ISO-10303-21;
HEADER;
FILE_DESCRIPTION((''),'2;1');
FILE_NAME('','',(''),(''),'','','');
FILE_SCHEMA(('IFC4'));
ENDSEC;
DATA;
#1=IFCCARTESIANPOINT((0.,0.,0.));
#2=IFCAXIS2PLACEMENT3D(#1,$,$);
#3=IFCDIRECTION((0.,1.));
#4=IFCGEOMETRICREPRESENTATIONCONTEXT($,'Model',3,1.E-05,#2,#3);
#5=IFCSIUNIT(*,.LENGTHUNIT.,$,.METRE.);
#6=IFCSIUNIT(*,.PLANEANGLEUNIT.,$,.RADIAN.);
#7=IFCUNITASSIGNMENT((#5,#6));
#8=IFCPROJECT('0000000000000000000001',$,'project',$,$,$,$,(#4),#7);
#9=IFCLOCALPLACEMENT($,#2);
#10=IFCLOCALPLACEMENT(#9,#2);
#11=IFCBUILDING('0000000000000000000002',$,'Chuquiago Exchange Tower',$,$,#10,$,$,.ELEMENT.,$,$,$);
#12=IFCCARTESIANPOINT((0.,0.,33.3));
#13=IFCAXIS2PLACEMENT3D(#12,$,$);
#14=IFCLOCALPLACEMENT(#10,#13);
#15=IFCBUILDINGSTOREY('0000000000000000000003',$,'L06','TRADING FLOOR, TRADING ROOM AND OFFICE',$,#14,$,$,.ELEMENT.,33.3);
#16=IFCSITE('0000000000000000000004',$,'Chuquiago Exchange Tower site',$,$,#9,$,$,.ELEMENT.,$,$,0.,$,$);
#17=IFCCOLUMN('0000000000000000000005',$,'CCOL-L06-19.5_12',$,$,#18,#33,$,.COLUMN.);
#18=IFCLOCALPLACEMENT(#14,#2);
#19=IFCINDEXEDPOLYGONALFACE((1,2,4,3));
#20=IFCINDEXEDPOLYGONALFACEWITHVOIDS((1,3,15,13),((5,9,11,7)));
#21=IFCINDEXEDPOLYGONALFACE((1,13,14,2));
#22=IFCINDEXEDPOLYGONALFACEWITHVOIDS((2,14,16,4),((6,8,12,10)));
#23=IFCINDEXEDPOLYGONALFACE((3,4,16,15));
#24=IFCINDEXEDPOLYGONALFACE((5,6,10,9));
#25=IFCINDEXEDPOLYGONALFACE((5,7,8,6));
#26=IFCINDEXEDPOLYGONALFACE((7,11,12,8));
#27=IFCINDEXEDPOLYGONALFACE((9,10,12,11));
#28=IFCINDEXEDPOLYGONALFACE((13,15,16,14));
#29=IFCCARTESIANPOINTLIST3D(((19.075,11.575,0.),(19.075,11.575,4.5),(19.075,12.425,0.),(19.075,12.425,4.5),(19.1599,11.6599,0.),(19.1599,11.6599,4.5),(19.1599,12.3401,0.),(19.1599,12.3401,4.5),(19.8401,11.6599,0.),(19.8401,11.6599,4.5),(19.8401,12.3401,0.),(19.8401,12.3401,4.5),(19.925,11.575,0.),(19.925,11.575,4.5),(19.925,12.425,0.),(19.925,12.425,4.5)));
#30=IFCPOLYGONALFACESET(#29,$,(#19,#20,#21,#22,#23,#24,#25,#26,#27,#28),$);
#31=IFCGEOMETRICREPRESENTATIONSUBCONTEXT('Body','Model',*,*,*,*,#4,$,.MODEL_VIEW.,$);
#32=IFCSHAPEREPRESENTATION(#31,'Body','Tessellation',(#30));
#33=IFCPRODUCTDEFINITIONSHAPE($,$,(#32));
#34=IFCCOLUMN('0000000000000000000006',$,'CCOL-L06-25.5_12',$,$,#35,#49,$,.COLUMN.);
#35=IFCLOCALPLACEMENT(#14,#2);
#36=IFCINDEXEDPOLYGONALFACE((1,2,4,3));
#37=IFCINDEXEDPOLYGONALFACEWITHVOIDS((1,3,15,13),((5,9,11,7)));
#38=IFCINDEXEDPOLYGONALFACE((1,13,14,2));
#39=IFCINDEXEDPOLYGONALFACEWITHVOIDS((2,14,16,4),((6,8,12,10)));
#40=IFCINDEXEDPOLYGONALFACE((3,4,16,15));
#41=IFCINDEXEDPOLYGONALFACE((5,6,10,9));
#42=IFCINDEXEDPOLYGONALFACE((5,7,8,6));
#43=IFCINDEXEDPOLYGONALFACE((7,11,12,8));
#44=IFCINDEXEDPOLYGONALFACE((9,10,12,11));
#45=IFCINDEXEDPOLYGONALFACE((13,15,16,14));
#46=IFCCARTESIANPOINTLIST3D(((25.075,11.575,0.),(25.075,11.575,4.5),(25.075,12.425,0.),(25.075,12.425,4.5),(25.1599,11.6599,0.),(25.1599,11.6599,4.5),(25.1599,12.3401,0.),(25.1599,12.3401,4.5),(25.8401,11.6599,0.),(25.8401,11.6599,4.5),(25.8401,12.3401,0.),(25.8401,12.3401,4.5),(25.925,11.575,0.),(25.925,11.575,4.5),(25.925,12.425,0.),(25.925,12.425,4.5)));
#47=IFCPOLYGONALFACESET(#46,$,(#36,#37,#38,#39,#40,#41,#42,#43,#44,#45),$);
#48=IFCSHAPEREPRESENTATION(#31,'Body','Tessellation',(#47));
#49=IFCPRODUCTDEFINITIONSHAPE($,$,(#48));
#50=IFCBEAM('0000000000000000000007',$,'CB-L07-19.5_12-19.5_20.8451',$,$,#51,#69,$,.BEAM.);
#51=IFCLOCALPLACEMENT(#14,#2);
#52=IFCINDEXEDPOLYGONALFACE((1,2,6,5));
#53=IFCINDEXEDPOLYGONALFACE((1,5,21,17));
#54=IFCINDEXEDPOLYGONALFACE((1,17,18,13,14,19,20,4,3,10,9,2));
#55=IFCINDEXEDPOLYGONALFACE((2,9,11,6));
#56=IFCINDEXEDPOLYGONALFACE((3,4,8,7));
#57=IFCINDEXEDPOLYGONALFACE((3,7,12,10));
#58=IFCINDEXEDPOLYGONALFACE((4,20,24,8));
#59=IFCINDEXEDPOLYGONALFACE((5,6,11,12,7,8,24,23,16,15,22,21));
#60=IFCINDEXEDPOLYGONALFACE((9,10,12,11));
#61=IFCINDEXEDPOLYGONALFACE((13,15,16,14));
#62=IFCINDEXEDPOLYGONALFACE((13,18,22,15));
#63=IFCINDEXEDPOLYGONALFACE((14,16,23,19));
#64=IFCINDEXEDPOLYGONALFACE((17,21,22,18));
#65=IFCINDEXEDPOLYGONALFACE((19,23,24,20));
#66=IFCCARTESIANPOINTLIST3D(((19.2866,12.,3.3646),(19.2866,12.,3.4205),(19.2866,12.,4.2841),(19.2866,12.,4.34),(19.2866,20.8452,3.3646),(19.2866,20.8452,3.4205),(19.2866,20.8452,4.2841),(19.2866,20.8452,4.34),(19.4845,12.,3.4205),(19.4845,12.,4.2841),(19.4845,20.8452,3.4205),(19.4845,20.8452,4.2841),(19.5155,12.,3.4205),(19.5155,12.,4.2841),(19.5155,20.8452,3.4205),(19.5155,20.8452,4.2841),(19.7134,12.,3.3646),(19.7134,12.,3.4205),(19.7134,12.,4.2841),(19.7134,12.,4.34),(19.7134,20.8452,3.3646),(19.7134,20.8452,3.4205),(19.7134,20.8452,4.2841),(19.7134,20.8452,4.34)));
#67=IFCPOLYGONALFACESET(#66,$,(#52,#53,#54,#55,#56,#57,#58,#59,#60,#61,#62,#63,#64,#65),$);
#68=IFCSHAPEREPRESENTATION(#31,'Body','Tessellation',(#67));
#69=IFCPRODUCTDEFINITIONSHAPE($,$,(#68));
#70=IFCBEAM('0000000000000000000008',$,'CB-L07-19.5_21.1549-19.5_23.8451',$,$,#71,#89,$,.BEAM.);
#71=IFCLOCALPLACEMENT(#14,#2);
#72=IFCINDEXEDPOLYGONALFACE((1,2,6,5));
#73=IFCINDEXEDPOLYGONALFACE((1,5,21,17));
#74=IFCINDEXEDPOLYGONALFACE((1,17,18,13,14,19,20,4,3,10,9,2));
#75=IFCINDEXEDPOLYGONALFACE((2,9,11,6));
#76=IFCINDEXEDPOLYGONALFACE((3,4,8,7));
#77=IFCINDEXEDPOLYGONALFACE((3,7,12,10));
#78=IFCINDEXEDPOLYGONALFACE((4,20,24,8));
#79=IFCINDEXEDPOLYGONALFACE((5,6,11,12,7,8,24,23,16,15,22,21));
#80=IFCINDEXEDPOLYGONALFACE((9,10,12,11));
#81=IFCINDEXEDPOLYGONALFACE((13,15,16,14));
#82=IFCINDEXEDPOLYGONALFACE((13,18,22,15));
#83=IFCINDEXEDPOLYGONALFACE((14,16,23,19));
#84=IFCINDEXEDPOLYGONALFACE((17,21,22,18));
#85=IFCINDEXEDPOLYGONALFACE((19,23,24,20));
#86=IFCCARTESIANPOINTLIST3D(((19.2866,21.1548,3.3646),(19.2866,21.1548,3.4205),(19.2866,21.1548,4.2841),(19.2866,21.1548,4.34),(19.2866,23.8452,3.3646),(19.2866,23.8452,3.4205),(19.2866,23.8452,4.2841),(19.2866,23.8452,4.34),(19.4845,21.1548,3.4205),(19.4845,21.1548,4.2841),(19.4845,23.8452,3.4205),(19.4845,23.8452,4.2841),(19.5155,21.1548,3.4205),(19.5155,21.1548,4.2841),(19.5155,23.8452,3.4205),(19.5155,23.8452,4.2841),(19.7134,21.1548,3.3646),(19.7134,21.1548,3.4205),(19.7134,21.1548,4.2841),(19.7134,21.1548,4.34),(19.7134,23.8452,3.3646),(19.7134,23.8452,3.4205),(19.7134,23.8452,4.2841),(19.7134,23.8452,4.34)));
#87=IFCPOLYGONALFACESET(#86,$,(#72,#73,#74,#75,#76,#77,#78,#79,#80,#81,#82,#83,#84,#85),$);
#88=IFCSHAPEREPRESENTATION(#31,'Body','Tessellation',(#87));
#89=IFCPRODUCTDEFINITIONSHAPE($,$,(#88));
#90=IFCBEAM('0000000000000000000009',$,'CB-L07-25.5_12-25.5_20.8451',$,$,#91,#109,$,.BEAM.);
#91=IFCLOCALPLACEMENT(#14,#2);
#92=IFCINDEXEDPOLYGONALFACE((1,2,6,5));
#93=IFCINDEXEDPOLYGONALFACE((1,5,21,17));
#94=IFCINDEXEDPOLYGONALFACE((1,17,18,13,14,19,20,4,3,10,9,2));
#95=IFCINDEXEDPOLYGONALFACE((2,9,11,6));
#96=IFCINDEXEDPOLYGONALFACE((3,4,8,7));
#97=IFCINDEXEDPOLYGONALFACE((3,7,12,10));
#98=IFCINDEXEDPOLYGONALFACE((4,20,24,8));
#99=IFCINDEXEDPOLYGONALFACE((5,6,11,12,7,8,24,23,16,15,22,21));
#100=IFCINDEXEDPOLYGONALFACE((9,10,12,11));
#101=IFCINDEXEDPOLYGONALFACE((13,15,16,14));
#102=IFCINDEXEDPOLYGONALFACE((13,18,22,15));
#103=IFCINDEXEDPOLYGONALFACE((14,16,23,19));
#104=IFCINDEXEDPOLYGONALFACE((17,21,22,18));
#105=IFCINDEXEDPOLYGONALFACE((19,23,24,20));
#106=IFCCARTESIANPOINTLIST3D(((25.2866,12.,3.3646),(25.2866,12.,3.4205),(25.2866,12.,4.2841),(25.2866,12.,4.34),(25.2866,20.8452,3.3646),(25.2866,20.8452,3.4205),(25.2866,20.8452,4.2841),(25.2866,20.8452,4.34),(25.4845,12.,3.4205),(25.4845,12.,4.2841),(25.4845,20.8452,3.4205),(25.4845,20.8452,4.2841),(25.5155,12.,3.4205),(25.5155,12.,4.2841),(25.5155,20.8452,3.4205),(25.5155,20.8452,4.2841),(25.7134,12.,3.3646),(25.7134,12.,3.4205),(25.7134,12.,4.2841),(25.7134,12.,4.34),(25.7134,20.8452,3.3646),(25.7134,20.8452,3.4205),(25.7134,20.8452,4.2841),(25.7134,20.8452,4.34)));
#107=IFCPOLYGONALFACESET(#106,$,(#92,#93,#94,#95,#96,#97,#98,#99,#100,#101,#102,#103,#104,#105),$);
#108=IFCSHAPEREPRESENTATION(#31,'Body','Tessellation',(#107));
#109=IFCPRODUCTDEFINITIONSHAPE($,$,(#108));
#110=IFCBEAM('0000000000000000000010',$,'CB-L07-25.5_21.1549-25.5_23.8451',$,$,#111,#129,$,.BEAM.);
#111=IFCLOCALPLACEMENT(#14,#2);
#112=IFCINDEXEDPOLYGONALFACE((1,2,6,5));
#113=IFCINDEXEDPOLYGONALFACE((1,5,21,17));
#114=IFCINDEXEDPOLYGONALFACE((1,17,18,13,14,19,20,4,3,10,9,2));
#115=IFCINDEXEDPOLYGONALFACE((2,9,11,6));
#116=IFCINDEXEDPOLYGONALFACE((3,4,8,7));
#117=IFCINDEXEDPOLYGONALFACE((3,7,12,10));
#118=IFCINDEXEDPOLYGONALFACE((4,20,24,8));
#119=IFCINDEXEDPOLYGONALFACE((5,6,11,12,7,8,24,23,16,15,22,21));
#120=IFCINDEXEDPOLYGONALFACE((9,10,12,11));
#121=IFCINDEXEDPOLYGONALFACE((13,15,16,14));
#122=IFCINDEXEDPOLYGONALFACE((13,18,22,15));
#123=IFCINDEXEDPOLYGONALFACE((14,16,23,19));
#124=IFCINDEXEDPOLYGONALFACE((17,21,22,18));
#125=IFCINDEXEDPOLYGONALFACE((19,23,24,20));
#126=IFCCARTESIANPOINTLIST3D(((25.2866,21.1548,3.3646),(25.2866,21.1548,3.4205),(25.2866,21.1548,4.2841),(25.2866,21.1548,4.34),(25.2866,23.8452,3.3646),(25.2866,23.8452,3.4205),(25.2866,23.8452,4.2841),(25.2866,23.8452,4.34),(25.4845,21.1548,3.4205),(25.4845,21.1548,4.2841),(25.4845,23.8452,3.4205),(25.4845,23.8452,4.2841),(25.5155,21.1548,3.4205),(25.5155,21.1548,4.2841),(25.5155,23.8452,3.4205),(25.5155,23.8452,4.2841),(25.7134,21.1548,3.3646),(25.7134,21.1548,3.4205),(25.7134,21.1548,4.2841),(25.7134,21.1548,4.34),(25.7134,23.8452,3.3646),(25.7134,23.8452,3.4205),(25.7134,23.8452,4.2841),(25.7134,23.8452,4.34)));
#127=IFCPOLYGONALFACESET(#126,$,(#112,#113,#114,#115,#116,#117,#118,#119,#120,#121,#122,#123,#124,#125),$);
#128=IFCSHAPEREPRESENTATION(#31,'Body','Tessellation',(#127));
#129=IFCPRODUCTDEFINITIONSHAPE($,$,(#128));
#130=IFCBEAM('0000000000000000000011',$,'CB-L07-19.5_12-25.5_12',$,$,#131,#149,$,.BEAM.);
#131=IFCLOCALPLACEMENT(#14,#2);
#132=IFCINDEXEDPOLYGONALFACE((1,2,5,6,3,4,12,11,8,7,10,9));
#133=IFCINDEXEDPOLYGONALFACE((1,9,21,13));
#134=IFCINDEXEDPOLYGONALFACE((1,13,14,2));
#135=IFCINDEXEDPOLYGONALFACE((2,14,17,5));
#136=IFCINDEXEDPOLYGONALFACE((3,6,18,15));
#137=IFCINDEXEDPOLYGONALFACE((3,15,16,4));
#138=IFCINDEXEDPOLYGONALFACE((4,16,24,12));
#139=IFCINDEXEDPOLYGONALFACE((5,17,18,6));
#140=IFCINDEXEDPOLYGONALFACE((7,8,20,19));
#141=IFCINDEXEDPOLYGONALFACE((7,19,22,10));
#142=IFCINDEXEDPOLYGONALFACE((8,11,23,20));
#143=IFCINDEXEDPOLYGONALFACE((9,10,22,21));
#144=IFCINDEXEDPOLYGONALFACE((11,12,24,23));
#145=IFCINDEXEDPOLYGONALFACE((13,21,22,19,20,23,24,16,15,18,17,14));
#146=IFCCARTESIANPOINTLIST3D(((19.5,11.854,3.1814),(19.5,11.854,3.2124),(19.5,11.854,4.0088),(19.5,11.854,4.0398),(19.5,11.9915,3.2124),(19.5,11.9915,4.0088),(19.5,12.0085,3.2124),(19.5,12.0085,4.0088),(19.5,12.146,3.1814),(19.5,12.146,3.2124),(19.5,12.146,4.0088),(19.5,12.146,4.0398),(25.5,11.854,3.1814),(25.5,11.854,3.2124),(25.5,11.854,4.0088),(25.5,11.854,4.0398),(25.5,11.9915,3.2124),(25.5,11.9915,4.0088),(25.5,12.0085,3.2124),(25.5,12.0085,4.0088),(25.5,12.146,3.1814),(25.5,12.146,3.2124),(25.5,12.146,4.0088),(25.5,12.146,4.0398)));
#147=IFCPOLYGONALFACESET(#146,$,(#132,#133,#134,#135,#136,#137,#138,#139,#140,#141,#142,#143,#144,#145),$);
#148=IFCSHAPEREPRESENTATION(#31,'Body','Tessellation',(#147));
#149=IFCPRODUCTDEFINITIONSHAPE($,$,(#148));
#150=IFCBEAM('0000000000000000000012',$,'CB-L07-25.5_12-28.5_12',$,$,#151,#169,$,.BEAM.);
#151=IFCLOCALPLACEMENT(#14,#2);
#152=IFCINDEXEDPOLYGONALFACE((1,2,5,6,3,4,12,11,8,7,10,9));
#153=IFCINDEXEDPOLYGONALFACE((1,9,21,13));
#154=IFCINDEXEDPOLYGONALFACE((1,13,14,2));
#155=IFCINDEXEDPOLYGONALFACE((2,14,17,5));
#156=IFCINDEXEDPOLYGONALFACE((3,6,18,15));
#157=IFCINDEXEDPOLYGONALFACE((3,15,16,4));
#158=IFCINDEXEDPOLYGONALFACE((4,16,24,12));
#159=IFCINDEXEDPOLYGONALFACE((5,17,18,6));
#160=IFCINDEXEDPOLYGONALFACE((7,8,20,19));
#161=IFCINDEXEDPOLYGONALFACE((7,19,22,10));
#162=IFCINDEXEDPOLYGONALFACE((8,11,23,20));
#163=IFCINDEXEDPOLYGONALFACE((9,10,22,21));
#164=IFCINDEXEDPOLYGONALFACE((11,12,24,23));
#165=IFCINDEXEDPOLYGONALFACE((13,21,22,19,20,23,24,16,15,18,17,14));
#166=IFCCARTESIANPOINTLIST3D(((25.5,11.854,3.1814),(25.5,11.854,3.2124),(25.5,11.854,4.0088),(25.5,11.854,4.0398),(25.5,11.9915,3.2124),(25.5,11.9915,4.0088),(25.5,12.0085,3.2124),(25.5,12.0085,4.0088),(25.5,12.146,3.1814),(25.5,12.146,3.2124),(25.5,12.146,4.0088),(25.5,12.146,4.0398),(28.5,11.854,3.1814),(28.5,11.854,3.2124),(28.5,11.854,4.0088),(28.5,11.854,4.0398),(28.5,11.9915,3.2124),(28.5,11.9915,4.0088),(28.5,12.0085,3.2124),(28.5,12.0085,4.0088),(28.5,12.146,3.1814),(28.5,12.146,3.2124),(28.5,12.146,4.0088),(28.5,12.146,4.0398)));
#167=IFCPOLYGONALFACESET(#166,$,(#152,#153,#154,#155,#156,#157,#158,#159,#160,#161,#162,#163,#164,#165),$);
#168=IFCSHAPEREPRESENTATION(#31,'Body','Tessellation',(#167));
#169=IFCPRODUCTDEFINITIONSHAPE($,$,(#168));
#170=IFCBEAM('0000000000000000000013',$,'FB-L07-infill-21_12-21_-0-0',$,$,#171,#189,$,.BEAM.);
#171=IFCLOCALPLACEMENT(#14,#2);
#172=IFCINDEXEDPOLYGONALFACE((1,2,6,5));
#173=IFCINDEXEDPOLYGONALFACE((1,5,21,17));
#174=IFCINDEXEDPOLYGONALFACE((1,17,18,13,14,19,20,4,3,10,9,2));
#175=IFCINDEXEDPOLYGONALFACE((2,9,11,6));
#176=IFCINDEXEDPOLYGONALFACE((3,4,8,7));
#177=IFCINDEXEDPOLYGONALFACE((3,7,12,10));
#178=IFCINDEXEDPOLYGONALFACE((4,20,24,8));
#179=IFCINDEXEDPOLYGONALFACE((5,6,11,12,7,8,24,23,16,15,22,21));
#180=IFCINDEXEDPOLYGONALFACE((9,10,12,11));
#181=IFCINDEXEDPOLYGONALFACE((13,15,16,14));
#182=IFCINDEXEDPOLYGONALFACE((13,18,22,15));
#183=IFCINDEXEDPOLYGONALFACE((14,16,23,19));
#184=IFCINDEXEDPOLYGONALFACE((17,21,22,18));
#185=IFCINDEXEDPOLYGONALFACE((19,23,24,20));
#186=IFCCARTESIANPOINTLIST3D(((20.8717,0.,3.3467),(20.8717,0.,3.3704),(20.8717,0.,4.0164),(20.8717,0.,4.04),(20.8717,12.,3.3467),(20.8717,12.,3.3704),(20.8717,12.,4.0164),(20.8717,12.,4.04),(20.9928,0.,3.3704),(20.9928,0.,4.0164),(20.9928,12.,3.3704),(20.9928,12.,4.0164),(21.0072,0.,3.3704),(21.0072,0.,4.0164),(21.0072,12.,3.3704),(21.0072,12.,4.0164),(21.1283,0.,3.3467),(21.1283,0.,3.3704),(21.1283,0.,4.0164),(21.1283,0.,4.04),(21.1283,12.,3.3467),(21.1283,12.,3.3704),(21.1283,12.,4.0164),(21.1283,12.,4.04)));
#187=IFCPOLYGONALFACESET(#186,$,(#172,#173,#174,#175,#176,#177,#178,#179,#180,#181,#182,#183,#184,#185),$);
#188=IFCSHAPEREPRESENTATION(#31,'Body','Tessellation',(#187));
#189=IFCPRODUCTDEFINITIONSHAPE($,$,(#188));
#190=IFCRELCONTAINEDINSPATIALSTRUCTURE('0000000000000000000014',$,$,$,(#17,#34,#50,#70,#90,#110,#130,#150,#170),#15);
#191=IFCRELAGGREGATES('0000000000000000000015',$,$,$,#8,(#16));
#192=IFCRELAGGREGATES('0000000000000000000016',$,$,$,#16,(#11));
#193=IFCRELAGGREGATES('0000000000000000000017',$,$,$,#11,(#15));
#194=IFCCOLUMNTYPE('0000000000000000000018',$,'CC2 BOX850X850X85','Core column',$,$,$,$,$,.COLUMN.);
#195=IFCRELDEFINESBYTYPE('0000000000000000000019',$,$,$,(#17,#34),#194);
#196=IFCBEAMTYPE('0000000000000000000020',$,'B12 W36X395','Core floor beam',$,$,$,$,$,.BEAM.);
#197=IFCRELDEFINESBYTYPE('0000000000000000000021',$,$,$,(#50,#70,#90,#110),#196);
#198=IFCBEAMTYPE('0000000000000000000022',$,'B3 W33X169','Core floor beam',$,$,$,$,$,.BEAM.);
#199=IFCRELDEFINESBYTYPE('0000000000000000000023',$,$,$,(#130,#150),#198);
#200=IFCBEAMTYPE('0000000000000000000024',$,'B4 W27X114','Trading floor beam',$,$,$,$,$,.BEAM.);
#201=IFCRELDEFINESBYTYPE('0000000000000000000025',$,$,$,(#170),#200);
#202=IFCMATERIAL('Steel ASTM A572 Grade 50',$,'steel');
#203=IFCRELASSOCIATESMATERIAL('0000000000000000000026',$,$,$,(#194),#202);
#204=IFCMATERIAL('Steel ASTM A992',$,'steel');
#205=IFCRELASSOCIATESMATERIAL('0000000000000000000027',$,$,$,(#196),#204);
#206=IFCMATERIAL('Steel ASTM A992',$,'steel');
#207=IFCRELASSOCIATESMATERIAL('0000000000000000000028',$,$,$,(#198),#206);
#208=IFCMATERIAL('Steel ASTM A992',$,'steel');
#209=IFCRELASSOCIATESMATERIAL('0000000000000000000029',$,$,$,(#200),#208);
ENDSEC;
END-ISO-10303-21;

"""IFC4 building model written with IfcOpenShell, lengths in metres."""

from ifc_helpers import new_model, si_unit, direction, frame, origin, origin_2d, place, context, subcontext, project, spatial, hollow_rectangle, i_section, extrude, material, material_profile, profile_set, type_object, element, save


model = new_model("IFC4")

# Units and contexts
model_context = context("Model", 3, precision=1e-05, world=origin(), true_north=direction((0.0, 1.0)))
body_context = subcontext(model_context, "Body", "Model", "MODEL_VIEW")
ifc_project = project(units=[si_unit("LENGTHUNIT", "METRE"), si_unit("PLANEANGLEUNIT", "RADIAN")], contexts=[model_context])

# Site, building, storey
site_placement = place(None, origin())
site = spatial("IfcSite", under=ifc_project, at=site_placement, Name="Chuquiago Exchange Tower site", CompositionType="ELEMENT", RefElevation=0.0)
building_placement = place(site_placement, origin())
building = spatial("IfcBuilding", under=site, at=building_placement, Name="Chuquiago Exchange Tower", CompositionType="ELEMENT")
storey_placement = place(building_placement, frame((0.0, 0.0, 33.3)))
storey = spatial("IfcBuildingStorey", under=building, at=storey_placement, Name="L06", Description="TRADING FLOOR, TRADING ROOM AND OFFICE", CompositionType="ELEMENT", Elevation=33.3)

# Columns
ifc_material_1 = material(Name="Steel ASTM A572 Grade 50", Category="steel")
ifc_material_profile_1 = material_profile(ifc_material_1, hollow_rectangle(XDim=0.8501, YDim=0.8501, WallThickness=0.085, at=origin_2d()), Name="BOX850X850X85")
ifc_profile_set_1 = profile_set([ifc_material_profile_1], Name="Steel ASTM A572 Grade 50")
column_type = type_object("IfcColumnType", Name="CC2 BOX850X850X85", Description="Core column", PredefinedType="COLUMN", material=ifc_profile_set_1)
for number, where, z_axis, x_axis, name in (
    (1, (19.5, 12.0, 0.0), (0.0, 0.0, 1.0), (1.0, 0.0, 0.0), "CCOL-L06-19.5_12"),
    (2, (25.5, 12.0, 0.0), (0.0, 0.0, 1.0), (1.0, 0.0, 0.0), "CCOL-L06-25.5_12"),
):
    element("IfcColumn", number, at=place(storey_placement, frame(where, z_axis=z_axis, x_axis=x_axis)), inside=storey, type_object=column_type, Name=name, PredefinedType="COLUMN", context=body_context, shape_type="SweptSolid", body=[
        extrude(hollow_rectangle(XDim=0.8501, YDim=0.8501, WallThickness=0.085, at=origin_2d()), origin(), (0.0, 0.0, 1.0), 4.5),
    ])

# Beams
ifc_material_2 = material(Name="Steel ASTM A992", Category="steel")
ifc_material_profile_2 = material_profile(ifc_material_2, i_section(OverallWidth=0.4268, OverallDepth=0.9753, WebThickness=0.031, FlangeThickness=0.0559, at=origin_2d()), Name="W36X395")
ifc_profile_set_2 = profile_set([ifc_material_profile_2], Name="Steel ASTM A992")
beam_type_1 = type_object("IfcBeamType", Name="B12 W36X395", Description="Core floor beam", PredefinedType="BEAM", material=ifc_profile_set_2)
beam_1_placement = place(storey_placement, frame((19.5, 12.0, 3.8523), z_axis=(0.0, 1.0, 0.0), x_axis=(-1.0, 0.0, 0.0)))
element("IfcBeam", 3, at=beam_1_placement, inside=storey, type_object=beam_type_1, Name="CB-L07-19.5_12-19.5_20.8451", PredefinedType="BEAM", context=body_context, shape_type="SweptSolid", body=[
    extrude(i_section(OverallWidth=0.4268, OverallDepth=0.9753, WebThickness=0.031, FlangeThickness=0.0559, at=origin_2d()), origin(), (0.0, 0.0, 1.0), 8.8452),
])
beam_2_placement = place(storey_placement, frame((19.5, 21.1548, 3.8523), z_axis=(0.0, 1.0, 0.0), x_axis=(-1.0, 0.0, 0.0)))
element("IfcBeam", 4, at=beam_2_placement, inside=storey, type_object=beam_type_1, Name="CB-L07-19.5_21.1549-19.5_23.8451", PredefinedType="BEAM", context=body_context, shape_type="SweptSolid", body=[
    extrude(i_section(OverallWidth=0.4268, OverallDepth=0.9753, WebThickness=0.031, FlangeThickness=0.0559, at=origin_2d()), origin(), (0.0, 0.0, 1.0), 2.6904),
])
beam_3_placement = place(storey_placement, frame((25.5, 12.0, 3.8523), z_axis=(0.0, 1.0, 0.0), x_axis=(-1.0, 0.0, 0.0)))
element("IfcBeam", 5, at=beam_3_placement, inside=storey, type_object=beam_type_1, Name="CB-L07-25.5_12-25.5_20.8451", PredefinedType="BEAM", context=body_context, shape_type="SweptSolid", body=[
    extrude(i_section(OverallWidth=0.4268, OverallDepth=0.9753, WebThickness=0.031, FlangeThickness=0.0559, at=origin_2d()), origin(), (0.0, 0.0, 1.0), 8.8452),
])
beam_4_placement = place(storey_placement, frame((25.5, 21.1548, 3.8523), z_axis=(0.0, 1.0, 0.0), x_axis=(-1.0, 0.0, 0.0)))
element("IfcBeam", 6, at=beam_4_placement, inside=storey, type_object=beam_type_1, Name="CB-L07-25.5_21.1549-25.5_23.8451", PredefinedType="BEAM", context=body_context, shape_type="SweptSolid", body=[
    extrude(i_section(OverallWidth=0.4268, OverallDepth=0.9753, WebThickness=0.031, FlangeThickness=0.0559, at=origin_2d()), origin(), (0.0, 0.0, 1.0), 2.6904),
])
ifc_material_3 = material(Name="Steel ASTM A992", Category="steel")
ifc_material_profile_3 = material_profile(ifc_material_3, i_section(OverallWidth=0.292, OverallDepth=0.8584, WebThickness=0.0171, FlangeThickness=0.031, at=origin_2d()), Name="W33X169")
ifc_profile_set_3 = profile_set([ifc_material_profile_3], Name="Steel ASTM A992")
beam_type_2 = type_object("IfcBeamType", Name="B3 W33X169", Description="Core floor beam", PredefinedType="BEAM", material=ifc_profile_set_3)
beam_5_placement = place(storey_placement, frame((19.5, 12.0, 3.6106), z_axis=(1.0, 0.0, 0.0), x_axis=(0.0, 1.0, 0.0)))
element("IfcBeam", 7, at=beam_5_placement, inside=storey, type_object=beam_type_2, Name="CB-L07-19.5_12-25.5_12", PredefinedType="BEAM", context=body_context, shape_type="SweptSolid", body=[
    extrude(i_section(OverallWidth=0.292, OverallDepth=0.8584, WebThickness=0.0171, FlangeThickness=0.031, at=origin_2d()), origin(), (0.0, 0.0, 1.0), 6.0),
])
beam_6_placement = place(storey_placement, frame((25.5, 12.0, 3.6106), z_axis=(1.0, 0.0, 0.0), x_axis=(0.0, 1.0, 0.0)))
element("IfcBeam", 8, at=beam_6_placement, inside=storey, type_object=beam_type_2, Name="CB-L07-25.5_12-28.5_12", PredefinedType="BEAM", context=body_context, shape_type="SweptSolid", body=[
    extrude(i_section(OverallWidth=0.292, OverallDepth=0.8584, WebThickness=0.0171, FlangeThickness=0.031, at=origin_2d()), origin(), (0.0, 0.0, 1.0), 3.0),
])
ifc_material_4 = material(Name="Steel ASTM A992", Category="steel")
ifc_material_profile_4 = material_profile(ifc_material_4, i_section(OverallWidth=0.2566, OverallDepth=0.6934, WebThickness=0.0144, FlangeThickness=0.0237, at=origin_2d()), Name="W27X114")
ifc_profile_set_4 = profile_set([ifc_material_profile_4], Name="Steel ASTM A992")
beam_type_3 = type_object("IfcBeamType", Name="B4 W27X114", Description="Trading floor beam", PredefinedType="BEAM", material=ifc_profile_set_4)
for number, where, z_axis, x_axis, name in (
    (9, (21.0, 12.0, 3.6934), (0.0, -1.0, 0.0), (1.0, 0.0, 0.0), "FB-L07-infill-21_12-21_-0-0"),
):
    element("IfcBeam", number, at=place(storey_placement, frame(where, z_axis=z_axis, x_axis=x_axis)), inside=storey, type_object=beam_type_3, Name=name, PredefinedType="BEAM", context=body_context, shape_type="SweptSolid", body=[
        extrude(i_section(OverallWidth=0.2566, OverallDepth=0.6934, WebThickness=0.0144, FlangeThickness=0.0237, at=origin_2d()), origin(), (0.0, 0.0, 1.0), 12.0),
    ])

save(model, "model.ifc")
